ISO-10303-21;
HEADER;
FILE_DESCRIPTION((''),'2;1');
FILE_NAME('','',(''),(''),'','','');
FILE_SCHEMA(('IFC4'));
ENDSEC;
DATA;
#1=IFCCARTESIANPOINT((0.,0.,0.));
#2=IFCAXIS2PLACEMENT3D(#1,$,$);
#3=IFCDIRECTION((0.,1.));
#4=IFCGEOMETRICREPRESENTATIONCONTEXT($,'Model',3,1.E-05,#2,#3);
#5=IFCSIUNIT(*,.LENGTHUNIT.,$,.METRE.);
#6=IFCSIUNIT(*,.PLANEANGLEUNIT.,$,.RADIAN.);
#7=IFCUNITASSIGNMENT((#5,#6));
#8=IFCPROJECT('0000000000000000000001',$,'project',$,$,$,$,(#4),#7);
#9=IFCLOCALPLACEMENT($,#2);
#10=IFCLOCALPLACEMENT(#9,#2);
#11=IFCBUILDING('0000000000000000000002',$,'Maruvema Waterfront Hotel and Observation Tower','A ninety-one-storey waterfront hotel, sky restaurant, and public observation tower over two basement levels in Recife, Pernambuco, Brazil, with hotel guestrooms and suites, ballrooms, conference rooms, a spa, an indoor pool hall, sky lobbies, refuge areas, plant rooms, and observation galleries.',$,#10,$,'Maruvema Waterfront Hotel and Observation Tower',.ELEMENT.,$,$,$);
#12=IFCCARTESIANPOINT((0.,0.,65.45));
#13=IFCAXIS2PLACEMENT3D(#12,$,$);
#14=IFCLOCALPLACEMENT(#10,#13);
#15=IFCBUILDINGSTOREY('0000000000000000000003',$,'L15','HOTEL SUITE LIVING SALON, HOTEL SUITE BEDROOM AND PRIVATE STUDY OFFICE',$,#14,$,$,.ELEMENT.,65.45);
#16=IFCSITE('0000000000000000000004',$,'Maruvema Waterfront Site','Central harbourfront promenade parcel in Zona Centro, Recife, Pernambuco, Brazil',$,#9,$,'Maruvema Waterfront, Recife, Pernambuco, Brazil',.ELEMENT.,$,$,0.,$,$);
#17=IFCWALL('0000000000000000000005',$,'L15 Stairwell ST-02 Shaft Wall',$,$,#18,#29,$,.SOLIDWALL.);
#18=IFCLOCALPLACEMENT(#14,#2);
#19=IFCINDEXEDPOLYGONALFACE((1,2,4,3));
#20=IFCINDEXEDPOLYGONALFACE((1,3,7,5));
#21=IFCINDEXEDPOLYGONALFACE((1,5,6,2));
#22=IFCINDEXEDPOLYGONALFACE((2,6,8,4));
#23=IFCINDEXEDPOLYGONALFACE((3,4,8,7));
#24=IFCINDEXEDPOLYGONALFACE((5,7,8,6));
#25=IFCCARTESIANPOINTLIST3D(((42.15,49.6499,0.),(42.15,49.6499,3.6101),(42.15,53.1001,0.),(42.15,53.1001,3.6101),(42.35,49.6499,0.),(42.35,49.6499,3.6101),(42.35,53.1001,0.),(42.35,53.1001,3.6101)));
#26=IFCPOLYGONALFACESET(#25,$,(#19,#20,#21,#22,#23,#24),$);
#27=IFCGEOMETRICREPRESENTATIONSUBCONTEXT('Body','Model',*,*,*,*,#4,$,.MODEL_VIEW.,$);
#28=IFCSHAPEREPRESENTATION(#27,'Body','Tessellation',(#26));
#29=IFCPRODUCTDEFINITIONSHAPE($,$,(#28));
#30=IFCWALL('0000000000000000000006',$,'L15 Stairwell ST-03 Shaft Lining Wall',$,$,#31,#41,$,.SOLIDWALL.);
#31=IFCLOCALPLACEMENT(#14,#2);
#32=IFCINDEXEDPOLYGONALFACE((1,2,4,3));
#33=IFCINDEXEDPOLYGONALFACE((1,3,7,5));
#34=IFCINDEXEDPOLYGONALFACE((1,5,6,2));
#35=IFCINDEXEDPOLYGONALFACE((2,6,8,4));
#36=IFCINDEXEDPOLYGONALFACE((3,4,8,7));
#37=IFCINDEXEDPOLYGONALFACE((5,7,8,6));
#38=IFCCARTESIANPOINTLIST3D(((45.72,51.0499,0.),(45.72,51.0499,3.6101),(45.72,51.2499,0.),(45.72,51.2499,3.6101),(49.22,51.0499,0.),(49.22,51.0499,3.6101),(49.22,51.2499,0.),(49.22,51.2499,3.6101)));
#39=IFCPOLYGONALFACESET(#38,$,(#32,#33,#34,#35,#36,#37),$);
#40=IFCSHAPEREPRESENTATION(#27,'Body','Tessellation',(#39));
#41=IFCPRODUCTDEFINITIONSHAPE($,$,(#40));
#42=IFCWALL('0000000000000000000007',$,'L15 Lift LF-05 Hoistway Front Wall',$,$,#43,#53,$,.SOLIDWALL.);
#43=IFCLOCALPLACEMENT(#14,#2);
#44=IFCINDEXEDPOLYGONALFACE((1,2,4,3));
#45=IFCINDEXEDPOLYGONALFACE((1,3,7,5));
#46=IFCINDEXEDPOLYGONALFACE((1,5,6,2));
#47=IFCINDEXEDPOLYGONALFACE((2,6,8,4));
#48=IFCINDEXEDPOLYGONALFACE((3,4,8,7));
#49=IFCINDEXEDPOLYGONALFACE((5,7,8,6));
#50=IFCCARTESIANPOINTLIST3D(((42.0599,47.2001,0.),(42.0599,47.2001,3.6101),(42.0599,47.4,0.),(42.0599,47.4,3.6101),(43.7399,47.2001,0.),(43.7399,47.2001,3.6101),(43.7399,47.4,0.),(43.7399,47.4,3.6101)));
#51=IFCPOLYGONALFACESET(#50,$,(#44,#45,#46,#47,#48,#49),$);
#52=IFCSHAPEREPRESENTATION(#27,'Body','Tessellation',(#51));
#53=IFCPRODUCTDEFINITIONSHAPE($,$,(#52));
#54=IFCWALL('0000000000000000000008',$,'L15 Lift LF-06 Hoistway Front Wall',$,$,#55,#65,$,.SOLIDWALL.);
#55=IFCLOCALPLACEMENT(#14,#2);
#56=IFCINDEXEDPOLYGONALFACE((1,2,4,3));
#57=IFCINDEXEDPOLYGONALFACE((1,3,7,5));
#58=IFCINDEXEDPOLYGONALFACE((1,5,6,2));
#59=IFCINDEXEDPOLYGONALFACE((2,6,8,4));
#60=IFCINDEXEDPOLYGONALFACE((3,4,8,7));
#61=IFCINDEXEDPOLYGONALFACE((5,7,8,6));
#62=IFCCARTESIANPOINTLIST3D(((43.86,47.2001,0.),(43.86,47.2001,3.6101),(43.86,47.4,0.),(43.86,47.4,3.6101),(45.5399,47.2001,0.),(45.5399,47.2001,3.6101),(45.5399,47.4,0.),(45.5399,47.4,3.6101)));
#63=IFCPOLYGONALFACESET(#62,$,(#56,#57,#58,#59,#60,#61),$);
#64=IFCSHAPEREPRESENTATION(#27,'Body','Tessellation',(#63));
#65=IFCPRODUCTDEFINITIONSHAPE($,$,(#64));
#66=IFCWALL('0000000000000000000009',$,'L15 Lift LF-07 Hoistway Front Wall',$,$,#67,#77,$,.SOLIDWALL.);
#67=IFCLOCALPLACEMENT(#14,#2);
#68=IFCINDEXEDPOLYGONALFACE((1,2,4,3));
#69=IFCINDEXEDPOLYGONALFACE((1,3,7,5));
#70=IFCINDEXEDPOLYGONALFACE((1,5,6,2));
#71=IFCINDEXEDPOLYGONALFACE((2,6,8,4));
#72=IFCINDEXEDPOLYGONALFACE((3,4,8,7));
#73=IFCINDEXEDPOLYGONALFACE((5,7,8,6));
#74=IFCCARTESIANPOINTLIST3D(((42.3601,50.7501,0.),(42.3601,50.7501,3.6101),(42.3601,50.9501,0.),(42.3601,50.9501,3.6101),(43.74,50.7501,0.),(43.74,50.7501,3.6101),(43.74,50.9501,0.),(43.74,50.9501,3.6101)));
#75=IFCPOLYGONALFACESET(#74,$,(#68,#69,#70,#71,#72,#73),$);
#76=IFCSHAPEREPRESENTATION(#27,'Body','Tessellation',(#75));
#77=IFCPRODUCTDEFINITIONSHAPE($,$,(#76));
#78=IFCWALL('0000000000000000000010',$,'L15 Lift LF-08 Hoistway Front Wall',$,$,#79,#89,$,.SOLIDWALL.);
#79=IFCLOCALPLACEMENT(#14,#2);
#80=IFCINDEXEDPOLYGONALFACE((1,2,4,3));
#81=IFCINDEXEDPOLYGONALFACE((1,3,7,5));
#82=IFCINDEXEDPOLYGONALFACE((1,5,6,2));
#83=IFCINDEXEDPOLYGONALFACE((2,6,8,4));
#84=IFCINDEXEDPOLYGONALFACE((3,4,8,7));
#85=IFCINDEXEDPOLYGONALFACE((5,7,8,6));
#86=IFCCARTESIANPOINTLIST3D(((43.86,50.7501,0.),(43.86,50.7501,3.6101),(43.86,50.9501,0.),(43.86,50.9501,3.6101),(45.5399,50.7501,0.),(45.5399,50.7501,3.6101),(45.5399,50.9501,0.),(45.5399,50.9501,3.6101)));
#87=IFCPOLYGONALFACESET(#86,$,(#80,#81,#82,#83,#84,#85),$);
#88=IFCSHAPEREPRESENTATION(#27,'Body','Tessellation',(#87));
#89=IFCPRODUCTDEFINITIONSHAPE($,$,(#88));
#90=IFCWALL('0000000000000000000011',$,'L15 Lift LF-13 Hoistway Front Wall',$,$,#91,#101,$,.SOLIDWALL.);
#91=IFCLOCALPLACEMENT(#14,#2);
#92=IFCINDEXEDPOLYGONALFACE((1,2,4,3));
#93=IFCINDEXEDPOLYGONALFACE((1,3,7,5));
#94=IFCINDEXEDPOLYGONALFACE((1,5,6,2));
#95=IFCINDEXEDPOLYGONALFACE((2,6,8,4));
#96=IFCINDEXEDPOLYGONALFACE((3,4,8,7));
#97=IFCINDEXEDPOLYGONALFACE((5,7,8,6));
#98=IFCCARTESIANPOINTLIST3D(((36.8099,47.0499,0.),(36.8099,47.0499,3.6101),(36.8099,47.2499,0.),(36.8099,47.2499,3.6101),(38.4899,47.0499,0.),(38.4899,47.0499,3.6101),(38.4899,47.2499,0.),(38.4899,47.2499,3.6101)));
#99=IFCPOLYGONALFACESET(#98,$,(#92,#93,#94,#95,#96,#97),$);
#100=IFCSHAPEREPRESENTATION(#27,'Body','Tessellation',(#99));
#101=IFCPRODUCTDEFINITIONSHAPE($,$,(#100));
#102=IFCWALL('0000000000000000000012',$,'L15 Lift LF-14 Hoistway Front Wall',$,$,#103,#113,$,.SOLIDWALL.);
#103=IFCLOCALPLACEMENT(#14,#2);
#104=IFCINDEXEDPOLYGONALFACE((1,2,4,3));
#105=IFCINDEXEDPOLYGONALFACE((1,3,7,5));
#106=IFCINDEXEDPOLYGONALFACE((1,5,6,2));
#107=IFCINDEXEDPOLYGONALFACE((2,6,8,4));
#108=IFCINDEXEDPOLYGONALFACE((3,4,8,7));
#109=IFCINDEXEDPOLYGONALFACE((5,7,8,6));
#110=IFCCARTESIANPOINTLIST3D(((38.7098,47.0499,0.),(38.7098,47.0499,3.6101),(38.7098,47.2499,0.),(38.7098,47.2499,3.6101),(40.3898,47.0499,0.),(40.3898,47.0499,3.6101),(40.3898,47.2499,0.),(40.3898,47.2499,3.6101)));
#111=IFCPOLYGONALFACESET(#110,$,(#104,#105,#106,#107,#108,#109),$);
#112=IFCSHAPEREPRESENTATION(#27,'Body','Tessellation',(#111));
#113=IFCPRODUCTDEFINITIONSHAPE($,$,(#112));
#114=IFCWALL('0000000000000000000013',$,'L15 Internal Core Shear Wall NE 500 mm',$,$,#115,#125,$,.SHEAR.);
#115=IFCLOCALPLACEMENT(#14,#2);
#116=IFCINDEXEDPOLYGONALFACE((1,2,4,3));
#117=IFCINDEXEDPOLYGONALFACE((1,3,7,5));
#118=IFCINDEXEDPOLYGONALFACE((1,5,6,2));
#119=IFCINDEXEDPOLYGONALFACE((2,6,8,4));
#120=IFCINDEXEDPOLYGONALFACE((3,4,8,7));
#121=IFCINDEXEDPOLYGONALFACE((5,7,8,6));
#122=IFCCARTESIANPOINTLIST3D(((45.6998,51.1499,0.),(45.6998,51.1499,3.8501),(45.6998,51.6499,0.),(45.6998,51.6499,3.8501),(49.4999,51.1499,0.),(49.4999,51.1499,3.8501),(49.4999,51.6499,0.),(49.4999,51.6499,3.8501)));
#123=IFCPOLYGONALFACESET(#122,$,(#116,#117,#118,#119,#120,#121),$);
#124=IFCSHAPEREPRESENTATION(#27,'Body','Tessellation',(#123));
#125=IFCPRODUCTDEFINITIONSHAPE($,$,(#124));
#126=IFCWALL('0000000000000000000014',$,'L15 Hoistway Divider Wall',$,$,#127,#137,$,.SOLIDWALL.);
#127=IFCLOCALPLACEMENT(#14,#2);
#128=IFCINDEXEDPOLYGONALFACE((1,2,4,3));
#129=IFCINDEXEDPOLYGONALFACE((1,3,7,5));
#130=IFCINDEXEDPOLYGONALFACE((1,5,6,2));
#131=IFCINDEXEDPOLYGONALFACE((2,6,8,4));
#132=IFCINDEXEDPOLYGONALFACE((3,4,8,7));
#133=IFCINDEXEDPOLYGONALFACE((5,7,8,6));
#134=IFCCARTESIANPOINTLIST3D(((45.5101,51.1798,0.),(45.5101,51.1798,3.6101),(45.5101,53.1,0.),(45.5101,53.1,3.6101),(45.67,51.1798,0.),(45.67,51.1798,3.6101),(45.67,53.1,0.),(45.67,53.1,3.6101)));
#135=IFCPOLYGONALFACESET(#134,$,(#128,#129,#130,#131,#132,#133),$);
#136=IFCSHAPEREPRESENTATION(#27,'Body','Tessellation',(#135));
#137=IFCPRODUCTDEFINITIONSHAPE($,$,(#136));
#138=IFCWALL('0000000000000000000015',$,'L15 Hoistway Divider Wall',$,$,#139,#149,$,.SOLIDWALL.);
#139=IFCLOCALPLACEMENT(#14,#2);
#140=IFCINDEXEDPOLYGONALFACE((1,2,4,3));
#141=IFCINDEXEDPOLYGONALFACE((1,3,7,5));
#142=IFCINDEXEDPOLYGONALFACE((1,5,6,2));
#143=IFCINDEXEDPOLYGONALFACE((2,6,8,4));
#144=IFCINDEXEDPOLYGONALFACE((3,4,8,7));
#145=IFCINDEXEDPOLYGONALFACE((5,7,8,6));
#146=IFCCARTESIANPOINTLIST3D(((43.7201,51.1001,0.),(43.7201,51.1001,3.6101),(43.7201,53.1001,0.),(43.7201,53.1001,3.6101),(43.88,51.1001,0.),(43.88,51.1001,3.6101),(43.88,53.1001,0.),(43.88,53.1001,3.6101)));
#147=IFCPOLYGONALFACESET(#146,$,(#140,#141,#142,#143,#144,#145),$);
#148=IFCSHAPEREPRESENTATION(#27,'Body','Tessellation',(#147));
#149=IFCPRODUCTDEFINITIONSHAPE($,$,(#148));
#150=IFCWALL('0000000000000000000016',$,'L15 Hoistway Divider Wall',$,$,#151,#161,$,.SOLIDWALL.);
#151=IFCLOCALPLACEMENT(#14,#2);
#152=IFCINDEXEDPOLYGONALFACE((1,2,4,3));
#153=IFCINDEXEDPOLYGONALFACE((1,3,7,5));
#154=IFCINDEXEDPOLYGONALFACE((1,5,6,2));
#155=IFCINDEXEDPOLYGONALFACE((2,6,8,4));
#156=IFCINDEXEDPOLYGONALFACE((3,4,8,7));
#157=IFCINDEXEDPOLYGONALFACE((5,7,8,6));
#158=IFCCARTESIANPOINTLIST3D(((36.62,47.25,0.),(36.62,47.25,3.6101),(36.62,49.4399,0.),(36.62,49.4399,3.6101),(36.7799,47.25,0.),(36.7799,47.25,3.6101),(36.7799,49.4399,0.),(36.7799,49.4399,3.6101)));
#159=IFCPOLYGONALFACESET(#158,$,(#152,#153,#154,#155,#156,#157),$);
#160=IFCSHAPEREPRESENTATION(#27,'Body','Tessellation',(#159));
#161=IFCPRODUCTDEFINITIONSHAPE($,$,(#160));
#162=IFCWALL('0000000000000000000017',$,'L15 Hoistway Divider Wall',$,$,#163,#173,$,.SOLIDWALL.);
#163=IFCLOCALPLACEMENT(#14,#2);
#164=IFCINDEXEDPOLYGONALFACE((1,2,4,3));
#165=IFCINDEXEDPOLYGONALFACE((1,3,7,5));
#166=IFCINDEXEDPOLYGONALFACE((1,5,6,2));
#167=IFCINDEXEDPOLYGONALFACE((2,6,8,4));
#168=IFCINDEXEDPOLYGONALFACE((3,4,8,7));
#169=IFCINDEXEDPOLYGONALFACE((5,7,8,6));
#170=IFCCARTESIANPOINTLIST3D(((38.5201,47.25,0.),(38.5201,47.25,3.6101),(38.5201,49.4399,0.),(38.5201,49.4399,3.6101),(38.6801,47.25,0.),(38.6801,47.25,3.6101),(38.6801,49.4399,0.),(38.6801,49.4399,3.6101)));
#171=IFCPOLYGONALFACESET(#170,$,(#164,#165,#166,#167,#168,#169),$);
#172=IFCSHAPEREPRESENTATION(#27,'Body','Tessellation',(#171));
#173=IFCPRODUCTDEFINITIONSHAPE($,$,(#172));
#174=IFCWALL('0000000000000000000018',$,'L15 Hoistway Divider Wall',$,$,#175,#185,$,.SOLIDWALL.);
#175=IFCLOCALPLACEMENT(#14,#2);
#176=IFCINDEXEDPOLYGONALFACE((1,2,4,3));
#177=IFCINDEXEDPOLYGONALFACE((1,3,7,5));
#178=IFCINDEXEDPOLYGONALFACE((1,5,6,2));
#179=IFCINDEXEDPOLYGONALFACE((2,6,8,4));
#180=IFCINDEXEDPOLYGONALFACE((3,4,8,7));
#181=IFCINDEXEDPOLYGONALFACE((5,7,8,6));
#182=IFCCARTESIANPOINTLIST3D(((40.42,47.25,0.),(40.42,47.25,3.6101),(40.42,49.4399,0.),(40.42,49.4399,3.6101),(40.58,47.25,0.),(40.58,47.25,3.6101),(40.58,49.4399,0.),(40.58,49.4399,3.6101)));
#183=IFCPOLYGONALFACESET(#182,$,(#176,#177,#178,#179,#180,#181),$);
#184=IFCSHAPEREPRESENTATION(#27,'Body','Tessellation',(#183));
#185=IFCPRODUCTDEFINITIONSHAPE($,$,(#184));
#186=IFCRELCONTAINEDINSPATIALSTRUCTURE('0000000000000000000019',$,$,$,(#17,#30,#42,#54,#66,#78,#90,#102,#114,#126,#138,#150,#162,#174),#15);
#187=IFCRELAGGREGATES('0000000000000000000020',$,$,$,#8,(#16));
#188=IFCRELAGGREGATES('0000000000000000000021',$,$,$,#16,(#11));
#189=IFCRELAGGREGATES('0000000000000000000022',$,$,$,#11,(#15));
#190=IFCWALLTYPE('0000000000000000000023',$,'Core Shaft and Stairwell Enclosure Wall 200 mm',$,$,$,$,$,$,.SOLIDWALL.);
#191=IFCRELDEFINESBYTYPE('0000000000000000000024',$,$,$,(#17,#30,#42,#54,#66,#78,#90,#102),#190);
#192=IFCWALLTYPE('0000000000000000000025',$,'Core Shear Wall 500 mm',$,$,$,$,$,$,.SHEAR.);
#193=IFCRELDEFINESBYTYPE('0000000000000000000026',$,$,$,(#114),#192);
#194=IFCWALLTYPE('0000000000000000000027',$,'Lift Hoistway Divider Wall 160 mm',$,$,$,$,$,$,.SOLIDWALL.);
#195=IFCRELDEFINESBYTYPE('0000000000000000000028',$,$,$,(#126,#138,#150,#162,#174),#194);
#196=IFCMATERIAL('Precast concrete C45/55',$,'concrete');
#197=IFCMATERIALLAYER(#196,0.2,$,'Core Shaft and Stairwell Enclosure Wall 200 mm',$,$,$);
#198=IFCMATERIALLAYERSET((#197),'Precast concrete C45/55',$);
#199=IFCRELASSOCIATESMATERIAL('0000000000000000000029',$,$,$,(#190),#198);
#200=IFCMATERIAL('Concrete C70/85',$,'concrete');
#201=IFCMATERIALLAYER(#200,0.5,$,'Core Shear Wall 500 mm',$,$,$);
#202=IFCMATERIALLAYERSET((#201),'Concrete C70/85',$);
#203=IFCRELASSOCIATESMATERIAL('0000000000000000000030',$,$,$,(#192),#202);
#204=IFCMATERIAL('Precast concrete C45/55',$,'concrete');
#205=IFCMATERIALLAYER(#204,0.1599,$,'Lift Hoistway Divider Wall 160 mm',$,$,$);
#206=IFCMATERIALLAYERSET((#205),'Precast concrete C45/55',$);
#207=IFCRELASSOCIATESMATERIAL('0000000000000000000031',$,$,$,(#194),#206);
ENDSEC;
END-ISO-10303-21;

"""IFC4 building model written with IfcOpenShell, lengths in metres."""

from ifc_helpers import new_model, si_unit, direction, frame, frame_2d, origin, place, context, subcontext, project, spatial, rectangle, extrude, material, layer, layer_set, type_object, element, save


model = new_model("IFC4")

# Units and contexts
model_context = context("Model", 3, precision=1e-05, world=origin(), true_north=direction((0.0, 1.0)))
body_context = subcontext(model_context, "Body", "Model", "MODEL_VIEW")
ifc_project = project(units=[si_unit("LENGTHUNIT", "METRE"), si_unit("PLANEANGLEUNIT", "RADIAN")], contexts=[model_context])

# Site, building, storey
site_placement = place(None, origin())
site = spatial("IfcSite", under=ifc_project, at=site_placement, Name="Maruvema Waterfront Site", Description="Central harbourfront promenade parcel in Zona Centro, Recife, Pernambuco, Brazil", LongName="Maruvema Waterfront, Recife, Pernambuco, Brazil", CompositionType="ELEMENT", RefElevation=0.0)
building_placement = place(site_placement, origin())
building = spatial("IfcBuilding", under=site, at=building_placement, Name="Maruvema Waterfront Hotel and Observation Tower", Description="A ninety-one-storey waterfront hotel, sky restaurant, and public observation tower over two basement levels in Recife, Pernambuco, Brazil, with hotel guestrooms and suites, ballrooms, conference rooms, a spa, an indoor pool hall, sky lobbies, refuge areas, plant rooms, and observation galleries.", LongName="Maruvema Waterfront Hotel and Observation Tower", CompositionType="ELEMENT")
storey_placement = place(building_placement, frame((0.0, 0.0, 65.45)))
storey = spatial("IfcBuildingStorey", under=building, at=storey_placement, Name="L15", Description="HOTEL SUITE LIVING SALON, HOTEL SUITE BEDROOM AND PRIVATE STUDY OFFICE", CompositionType="ELEMENT", Elevation=65.45)

# Walls
ifc_material_1 = material(Name="Precast concrete C45/55", Category="concrete")
ifc_layer_1 = layer(ifc_material_1, 0.2, Name="Core Shaft and Stairwell Enclosure Wall 200 mm")
ifc_layer_set_1 = layer_set([ifc_layer_1], Name="Precast concrete C45/55")
wall_type_1 = type_object("IfcWallType", Name="Core Shaft and Stairwell Enclosure Wall 200 mm", PredefinedType="SOLIDWALL", material=ifc_layer_set_1)
wall_1_placement = place(storey_placement, frame((42.25, 49.6499, 0.0), z_axis=(0.0, 0.0, 1.0), x_axis=(0.0, 1.0, 0.0)))
element("IfcWall", 1, at=wall_1_placement, inside=storey, type_object=wall_type_1, Name="L15 Stairwell ST-02 Shaft Wall", PredefinedType="SOLIDWALL", context=body_context, shape_type="SweptSolid", body=[
    extrude(rectangle(XDim=3.4502, YDim=0.2, at=frame_2d((1.7251, 0.0))), origin(), (0.0, 0.0, 1.0), 3.6101),
])
wall_2_placement = place(storey_placement, frame((45.72, 51.1499, 0.0), z_axis=(0.0, 0.0, 1.0), x_axis=(1.0, 0.0, 0.0)))
element("IfcWall", 2, at=wall_2_placement, inside=storey, type_object=wall_type_1, Name="L15 Stairwell ST-03 Shaft Lining Wall", PredefinedType="SOLIDWALL", context=body_context, shape_type="SweptSolid", body=[
    extrude(rectangle(XDim=3.5, YDim=0.2, at=frame_2d((1.75, 0.0))), origin(), (0.0, 0.0, 1.0), 3.6101),
])
for number, where, z_axis, x_axis, name in (
    (3, (42.0601, 47.3, 0.0), (0.0, 0.0, 1.0), (1.0, 0.0, 0.0), "L15 Lift LF-05 Hoistway Front Wall"),
    (4, (43.8601, 47.3, 0.0), (0.0, 0.0, 1.0), (1.0, 0.0, 0.0), "L15 Lift LF-06 Hoistway Front Wall"),
):
    element("IfcWall", number, at=place(storey_placement, frame(where, z_axis=z_axis, x_axis=x_axis)), inside=storey, type_object=wall_type_1, Name=name, PredefinedType="SOLIDWALL", context=body_context, shape_type="SweptSolid", body=[
        extrude(rectangle(XDim=1.6799, YDim=0.2, at=frame_2d((0.8398, 0.0))), origin(), (0.0, 0.0, 1.0), 3.6101),
    ])
wall_3_placement = place(storey_placement, frame((42.3601, 50.8501, 0.0), z_axis=(0.0, 0.0, 1.0), x_axis=(1.0, 0.0, 0.0)))
element("IfcWall", 5, at=wall_3_placement, inside=storey, type_object=wall_type_1, Name="L15 Lift LF-07 Hoistway Front Wall", PredefinedType="SOLIDWALL", context=body_context, shape_type="SweptSolid", body=[
    extrude(rectangle(XDim=1.3799, YDim=0.2, at=frame_2d((0.6899, 0.0))), origin(), (0.0, 0.0, 1.0), 3.6101),
])
for number, where, z_axis, x_axis, name in (
    (6, (43.8601, 50.8501, 0.0), (0.0, 0.0, 1.0), (1.0, 0.0, 0.0), "L15 Lift LF-08 Hoistway Front Wall"),
    (7, (36.8101, 47.1499, 0.0), (0.0, 0.0, 1.0), (1.0, 0.0, 0.0), "L15 Lift LF-13 Hoistway Front Wall"),
    (8, (38.71, 47.1499, 0.0), (0.0, 0.0, 1.0), (1.0, 0.0, 0.0), "L15 Lift LF-14 Hoistway Front Wall"),
):
    element("IfcWall", number, at=place(storey_placement, frame(where, z_axis=z_axis, x_axis=x_axis)), inside=storey, type_object=wall_type_1, Name=name, PredefinedType="SOLIDWALL", context=body_context, shape_type="SweptSolid", body=[
        extrude(rectangle(XDim=1.6799, YDim=0.2, at=frame_2d((0.8398, 0.0))), origin(), (0.0, 0.0, 1.0), 3.6101),
    ])
ifc_material_2 = material(Name="Concrete C70/85", Category="concrete")
ifc_layer_2 = layer(ifc_material_2, 0.5, Name="Core Shear Wall 500 mm")
ifc_layer_set_2 = layer_set([ifc_layer_2], Name="Concrete C70/85")
wall_type_2 = type_object("IfcWallType", Name="Core Shear Wall 500 mm", PredefinedType="SHEAR", material=ifc_layer_set_2)
wall_4_placement = place(storey_placement, frame((45.7, 51.3999, 0.0), z_axis=(0.0, 0.0, 1.0), x_axis=(1.0, 0.0, 0.0)))
element("IfcWall", 9, at=wall_4_placement, inside=storey, type_object=wall_type_2, Name="L15 Internal Core Shear Wall NE 500 mm", PredefinedType="SHEAR", context=body_context, shape_type="SweptSolid", body=[
    extrude(rectangle(XDim=3.8, YDim=0.5, at=frame_2d((1.8999, 0.0))), origin(), (0.0, 0.0, 1.0), 3.8501),
])
ifc_material_3 = material(Name="Precast concrete C45/55", Category="concrete")
ifc_layer_3 = layer(ifc_material_3, 0.1599, Name="Lift Hoistway Divider Wall 160 mm")
ifc_layer_set_3 = layer_set([ifc_layer_3], Name="Precast concrete C45/55")
wall_type_3 = type_object("IfcWallType", Name="Lift Hoistway Divider Wall 160 mm", PredefinedType="SOLIDWALL", material=ifc_layer_set_3)
wall_5_placement = place(storey_placement, frame((45.5901, 51.1799, 0.0), z_axis=(0.0, 0.0, 1.0), x_axis=(0.0, 1.0, 0.0)))
element("IfcWall", 10, at=wall_5_placement, inside=storey, type_object=wall_type_3, Name="L15 Hoistway Divider Wall", PredefinedType="SOLIDWALL", context=body_context, shape_type="SweptSolid", body=[
    extrude(rectangle(XDim=1.9202, YDim=0.1599, at=frame_2d((0.96, 0.0))), origin(), (0.0, 0.0, 1.0), 3.6101),
])
wall_6_placement = place(storey_placement, frame((43.8, 51.1001, 0.0), z_axis=(0.0, 0.0, 1.0), x_axis=(0.0, 1.0, 0.0)))
element("IfcWall", 11, at=wall_6_placement, inside=storey, type_object=wall_type_3, Name="L15 Hoistway Divider Wall", PredefinedType="SOLIDWALL", context=body_context, shape_type="SweptSolid", body=[
    extrude(rectangle(XDim=2.0, YDim=0.1599, at=frame_2d((1.0, 0.0))), origin(), (0.0, 0.0, 1.0), 3.6101),
])
for number, where, z_axis, x_axis, name in (
    (12, (36.7, 47.25, 0.0), (0.0, 0.0, 1.0), (0.0, 1.0, 0.0), "L15 Hoistway Divider Wall"),
    (13, (38.6001, 47.25, 0.0), (0.0, 0.0, 1.0), (0.0, 1.0, 0.0), "L15 Hoistway Divider Wall"),
    (14, (40.5, 47.25, 0.0), (0.0, 0.0, 1.0), (0.0, 1.0, 0.0), "L15 Hoistway Divider Wall"),
):
    element("IfcWall", number, at=place(storey_placement, frame(where, z_axis=z_axis, x_axis=x_axis)), inside=storey, type_object=wall_type_3, Name=name, PredefinedType="SOLIDWALL", context=body_context, shape_type="SweptSolid", body=[
        extrude(rectangle(XDim=2.1899, YDim=0.1599, at=frame_2d((1.095, 0.0))), origin(), (0.0, 0.0, 1.0), 3.6101),
    ])

save(model, "model.ifc")
